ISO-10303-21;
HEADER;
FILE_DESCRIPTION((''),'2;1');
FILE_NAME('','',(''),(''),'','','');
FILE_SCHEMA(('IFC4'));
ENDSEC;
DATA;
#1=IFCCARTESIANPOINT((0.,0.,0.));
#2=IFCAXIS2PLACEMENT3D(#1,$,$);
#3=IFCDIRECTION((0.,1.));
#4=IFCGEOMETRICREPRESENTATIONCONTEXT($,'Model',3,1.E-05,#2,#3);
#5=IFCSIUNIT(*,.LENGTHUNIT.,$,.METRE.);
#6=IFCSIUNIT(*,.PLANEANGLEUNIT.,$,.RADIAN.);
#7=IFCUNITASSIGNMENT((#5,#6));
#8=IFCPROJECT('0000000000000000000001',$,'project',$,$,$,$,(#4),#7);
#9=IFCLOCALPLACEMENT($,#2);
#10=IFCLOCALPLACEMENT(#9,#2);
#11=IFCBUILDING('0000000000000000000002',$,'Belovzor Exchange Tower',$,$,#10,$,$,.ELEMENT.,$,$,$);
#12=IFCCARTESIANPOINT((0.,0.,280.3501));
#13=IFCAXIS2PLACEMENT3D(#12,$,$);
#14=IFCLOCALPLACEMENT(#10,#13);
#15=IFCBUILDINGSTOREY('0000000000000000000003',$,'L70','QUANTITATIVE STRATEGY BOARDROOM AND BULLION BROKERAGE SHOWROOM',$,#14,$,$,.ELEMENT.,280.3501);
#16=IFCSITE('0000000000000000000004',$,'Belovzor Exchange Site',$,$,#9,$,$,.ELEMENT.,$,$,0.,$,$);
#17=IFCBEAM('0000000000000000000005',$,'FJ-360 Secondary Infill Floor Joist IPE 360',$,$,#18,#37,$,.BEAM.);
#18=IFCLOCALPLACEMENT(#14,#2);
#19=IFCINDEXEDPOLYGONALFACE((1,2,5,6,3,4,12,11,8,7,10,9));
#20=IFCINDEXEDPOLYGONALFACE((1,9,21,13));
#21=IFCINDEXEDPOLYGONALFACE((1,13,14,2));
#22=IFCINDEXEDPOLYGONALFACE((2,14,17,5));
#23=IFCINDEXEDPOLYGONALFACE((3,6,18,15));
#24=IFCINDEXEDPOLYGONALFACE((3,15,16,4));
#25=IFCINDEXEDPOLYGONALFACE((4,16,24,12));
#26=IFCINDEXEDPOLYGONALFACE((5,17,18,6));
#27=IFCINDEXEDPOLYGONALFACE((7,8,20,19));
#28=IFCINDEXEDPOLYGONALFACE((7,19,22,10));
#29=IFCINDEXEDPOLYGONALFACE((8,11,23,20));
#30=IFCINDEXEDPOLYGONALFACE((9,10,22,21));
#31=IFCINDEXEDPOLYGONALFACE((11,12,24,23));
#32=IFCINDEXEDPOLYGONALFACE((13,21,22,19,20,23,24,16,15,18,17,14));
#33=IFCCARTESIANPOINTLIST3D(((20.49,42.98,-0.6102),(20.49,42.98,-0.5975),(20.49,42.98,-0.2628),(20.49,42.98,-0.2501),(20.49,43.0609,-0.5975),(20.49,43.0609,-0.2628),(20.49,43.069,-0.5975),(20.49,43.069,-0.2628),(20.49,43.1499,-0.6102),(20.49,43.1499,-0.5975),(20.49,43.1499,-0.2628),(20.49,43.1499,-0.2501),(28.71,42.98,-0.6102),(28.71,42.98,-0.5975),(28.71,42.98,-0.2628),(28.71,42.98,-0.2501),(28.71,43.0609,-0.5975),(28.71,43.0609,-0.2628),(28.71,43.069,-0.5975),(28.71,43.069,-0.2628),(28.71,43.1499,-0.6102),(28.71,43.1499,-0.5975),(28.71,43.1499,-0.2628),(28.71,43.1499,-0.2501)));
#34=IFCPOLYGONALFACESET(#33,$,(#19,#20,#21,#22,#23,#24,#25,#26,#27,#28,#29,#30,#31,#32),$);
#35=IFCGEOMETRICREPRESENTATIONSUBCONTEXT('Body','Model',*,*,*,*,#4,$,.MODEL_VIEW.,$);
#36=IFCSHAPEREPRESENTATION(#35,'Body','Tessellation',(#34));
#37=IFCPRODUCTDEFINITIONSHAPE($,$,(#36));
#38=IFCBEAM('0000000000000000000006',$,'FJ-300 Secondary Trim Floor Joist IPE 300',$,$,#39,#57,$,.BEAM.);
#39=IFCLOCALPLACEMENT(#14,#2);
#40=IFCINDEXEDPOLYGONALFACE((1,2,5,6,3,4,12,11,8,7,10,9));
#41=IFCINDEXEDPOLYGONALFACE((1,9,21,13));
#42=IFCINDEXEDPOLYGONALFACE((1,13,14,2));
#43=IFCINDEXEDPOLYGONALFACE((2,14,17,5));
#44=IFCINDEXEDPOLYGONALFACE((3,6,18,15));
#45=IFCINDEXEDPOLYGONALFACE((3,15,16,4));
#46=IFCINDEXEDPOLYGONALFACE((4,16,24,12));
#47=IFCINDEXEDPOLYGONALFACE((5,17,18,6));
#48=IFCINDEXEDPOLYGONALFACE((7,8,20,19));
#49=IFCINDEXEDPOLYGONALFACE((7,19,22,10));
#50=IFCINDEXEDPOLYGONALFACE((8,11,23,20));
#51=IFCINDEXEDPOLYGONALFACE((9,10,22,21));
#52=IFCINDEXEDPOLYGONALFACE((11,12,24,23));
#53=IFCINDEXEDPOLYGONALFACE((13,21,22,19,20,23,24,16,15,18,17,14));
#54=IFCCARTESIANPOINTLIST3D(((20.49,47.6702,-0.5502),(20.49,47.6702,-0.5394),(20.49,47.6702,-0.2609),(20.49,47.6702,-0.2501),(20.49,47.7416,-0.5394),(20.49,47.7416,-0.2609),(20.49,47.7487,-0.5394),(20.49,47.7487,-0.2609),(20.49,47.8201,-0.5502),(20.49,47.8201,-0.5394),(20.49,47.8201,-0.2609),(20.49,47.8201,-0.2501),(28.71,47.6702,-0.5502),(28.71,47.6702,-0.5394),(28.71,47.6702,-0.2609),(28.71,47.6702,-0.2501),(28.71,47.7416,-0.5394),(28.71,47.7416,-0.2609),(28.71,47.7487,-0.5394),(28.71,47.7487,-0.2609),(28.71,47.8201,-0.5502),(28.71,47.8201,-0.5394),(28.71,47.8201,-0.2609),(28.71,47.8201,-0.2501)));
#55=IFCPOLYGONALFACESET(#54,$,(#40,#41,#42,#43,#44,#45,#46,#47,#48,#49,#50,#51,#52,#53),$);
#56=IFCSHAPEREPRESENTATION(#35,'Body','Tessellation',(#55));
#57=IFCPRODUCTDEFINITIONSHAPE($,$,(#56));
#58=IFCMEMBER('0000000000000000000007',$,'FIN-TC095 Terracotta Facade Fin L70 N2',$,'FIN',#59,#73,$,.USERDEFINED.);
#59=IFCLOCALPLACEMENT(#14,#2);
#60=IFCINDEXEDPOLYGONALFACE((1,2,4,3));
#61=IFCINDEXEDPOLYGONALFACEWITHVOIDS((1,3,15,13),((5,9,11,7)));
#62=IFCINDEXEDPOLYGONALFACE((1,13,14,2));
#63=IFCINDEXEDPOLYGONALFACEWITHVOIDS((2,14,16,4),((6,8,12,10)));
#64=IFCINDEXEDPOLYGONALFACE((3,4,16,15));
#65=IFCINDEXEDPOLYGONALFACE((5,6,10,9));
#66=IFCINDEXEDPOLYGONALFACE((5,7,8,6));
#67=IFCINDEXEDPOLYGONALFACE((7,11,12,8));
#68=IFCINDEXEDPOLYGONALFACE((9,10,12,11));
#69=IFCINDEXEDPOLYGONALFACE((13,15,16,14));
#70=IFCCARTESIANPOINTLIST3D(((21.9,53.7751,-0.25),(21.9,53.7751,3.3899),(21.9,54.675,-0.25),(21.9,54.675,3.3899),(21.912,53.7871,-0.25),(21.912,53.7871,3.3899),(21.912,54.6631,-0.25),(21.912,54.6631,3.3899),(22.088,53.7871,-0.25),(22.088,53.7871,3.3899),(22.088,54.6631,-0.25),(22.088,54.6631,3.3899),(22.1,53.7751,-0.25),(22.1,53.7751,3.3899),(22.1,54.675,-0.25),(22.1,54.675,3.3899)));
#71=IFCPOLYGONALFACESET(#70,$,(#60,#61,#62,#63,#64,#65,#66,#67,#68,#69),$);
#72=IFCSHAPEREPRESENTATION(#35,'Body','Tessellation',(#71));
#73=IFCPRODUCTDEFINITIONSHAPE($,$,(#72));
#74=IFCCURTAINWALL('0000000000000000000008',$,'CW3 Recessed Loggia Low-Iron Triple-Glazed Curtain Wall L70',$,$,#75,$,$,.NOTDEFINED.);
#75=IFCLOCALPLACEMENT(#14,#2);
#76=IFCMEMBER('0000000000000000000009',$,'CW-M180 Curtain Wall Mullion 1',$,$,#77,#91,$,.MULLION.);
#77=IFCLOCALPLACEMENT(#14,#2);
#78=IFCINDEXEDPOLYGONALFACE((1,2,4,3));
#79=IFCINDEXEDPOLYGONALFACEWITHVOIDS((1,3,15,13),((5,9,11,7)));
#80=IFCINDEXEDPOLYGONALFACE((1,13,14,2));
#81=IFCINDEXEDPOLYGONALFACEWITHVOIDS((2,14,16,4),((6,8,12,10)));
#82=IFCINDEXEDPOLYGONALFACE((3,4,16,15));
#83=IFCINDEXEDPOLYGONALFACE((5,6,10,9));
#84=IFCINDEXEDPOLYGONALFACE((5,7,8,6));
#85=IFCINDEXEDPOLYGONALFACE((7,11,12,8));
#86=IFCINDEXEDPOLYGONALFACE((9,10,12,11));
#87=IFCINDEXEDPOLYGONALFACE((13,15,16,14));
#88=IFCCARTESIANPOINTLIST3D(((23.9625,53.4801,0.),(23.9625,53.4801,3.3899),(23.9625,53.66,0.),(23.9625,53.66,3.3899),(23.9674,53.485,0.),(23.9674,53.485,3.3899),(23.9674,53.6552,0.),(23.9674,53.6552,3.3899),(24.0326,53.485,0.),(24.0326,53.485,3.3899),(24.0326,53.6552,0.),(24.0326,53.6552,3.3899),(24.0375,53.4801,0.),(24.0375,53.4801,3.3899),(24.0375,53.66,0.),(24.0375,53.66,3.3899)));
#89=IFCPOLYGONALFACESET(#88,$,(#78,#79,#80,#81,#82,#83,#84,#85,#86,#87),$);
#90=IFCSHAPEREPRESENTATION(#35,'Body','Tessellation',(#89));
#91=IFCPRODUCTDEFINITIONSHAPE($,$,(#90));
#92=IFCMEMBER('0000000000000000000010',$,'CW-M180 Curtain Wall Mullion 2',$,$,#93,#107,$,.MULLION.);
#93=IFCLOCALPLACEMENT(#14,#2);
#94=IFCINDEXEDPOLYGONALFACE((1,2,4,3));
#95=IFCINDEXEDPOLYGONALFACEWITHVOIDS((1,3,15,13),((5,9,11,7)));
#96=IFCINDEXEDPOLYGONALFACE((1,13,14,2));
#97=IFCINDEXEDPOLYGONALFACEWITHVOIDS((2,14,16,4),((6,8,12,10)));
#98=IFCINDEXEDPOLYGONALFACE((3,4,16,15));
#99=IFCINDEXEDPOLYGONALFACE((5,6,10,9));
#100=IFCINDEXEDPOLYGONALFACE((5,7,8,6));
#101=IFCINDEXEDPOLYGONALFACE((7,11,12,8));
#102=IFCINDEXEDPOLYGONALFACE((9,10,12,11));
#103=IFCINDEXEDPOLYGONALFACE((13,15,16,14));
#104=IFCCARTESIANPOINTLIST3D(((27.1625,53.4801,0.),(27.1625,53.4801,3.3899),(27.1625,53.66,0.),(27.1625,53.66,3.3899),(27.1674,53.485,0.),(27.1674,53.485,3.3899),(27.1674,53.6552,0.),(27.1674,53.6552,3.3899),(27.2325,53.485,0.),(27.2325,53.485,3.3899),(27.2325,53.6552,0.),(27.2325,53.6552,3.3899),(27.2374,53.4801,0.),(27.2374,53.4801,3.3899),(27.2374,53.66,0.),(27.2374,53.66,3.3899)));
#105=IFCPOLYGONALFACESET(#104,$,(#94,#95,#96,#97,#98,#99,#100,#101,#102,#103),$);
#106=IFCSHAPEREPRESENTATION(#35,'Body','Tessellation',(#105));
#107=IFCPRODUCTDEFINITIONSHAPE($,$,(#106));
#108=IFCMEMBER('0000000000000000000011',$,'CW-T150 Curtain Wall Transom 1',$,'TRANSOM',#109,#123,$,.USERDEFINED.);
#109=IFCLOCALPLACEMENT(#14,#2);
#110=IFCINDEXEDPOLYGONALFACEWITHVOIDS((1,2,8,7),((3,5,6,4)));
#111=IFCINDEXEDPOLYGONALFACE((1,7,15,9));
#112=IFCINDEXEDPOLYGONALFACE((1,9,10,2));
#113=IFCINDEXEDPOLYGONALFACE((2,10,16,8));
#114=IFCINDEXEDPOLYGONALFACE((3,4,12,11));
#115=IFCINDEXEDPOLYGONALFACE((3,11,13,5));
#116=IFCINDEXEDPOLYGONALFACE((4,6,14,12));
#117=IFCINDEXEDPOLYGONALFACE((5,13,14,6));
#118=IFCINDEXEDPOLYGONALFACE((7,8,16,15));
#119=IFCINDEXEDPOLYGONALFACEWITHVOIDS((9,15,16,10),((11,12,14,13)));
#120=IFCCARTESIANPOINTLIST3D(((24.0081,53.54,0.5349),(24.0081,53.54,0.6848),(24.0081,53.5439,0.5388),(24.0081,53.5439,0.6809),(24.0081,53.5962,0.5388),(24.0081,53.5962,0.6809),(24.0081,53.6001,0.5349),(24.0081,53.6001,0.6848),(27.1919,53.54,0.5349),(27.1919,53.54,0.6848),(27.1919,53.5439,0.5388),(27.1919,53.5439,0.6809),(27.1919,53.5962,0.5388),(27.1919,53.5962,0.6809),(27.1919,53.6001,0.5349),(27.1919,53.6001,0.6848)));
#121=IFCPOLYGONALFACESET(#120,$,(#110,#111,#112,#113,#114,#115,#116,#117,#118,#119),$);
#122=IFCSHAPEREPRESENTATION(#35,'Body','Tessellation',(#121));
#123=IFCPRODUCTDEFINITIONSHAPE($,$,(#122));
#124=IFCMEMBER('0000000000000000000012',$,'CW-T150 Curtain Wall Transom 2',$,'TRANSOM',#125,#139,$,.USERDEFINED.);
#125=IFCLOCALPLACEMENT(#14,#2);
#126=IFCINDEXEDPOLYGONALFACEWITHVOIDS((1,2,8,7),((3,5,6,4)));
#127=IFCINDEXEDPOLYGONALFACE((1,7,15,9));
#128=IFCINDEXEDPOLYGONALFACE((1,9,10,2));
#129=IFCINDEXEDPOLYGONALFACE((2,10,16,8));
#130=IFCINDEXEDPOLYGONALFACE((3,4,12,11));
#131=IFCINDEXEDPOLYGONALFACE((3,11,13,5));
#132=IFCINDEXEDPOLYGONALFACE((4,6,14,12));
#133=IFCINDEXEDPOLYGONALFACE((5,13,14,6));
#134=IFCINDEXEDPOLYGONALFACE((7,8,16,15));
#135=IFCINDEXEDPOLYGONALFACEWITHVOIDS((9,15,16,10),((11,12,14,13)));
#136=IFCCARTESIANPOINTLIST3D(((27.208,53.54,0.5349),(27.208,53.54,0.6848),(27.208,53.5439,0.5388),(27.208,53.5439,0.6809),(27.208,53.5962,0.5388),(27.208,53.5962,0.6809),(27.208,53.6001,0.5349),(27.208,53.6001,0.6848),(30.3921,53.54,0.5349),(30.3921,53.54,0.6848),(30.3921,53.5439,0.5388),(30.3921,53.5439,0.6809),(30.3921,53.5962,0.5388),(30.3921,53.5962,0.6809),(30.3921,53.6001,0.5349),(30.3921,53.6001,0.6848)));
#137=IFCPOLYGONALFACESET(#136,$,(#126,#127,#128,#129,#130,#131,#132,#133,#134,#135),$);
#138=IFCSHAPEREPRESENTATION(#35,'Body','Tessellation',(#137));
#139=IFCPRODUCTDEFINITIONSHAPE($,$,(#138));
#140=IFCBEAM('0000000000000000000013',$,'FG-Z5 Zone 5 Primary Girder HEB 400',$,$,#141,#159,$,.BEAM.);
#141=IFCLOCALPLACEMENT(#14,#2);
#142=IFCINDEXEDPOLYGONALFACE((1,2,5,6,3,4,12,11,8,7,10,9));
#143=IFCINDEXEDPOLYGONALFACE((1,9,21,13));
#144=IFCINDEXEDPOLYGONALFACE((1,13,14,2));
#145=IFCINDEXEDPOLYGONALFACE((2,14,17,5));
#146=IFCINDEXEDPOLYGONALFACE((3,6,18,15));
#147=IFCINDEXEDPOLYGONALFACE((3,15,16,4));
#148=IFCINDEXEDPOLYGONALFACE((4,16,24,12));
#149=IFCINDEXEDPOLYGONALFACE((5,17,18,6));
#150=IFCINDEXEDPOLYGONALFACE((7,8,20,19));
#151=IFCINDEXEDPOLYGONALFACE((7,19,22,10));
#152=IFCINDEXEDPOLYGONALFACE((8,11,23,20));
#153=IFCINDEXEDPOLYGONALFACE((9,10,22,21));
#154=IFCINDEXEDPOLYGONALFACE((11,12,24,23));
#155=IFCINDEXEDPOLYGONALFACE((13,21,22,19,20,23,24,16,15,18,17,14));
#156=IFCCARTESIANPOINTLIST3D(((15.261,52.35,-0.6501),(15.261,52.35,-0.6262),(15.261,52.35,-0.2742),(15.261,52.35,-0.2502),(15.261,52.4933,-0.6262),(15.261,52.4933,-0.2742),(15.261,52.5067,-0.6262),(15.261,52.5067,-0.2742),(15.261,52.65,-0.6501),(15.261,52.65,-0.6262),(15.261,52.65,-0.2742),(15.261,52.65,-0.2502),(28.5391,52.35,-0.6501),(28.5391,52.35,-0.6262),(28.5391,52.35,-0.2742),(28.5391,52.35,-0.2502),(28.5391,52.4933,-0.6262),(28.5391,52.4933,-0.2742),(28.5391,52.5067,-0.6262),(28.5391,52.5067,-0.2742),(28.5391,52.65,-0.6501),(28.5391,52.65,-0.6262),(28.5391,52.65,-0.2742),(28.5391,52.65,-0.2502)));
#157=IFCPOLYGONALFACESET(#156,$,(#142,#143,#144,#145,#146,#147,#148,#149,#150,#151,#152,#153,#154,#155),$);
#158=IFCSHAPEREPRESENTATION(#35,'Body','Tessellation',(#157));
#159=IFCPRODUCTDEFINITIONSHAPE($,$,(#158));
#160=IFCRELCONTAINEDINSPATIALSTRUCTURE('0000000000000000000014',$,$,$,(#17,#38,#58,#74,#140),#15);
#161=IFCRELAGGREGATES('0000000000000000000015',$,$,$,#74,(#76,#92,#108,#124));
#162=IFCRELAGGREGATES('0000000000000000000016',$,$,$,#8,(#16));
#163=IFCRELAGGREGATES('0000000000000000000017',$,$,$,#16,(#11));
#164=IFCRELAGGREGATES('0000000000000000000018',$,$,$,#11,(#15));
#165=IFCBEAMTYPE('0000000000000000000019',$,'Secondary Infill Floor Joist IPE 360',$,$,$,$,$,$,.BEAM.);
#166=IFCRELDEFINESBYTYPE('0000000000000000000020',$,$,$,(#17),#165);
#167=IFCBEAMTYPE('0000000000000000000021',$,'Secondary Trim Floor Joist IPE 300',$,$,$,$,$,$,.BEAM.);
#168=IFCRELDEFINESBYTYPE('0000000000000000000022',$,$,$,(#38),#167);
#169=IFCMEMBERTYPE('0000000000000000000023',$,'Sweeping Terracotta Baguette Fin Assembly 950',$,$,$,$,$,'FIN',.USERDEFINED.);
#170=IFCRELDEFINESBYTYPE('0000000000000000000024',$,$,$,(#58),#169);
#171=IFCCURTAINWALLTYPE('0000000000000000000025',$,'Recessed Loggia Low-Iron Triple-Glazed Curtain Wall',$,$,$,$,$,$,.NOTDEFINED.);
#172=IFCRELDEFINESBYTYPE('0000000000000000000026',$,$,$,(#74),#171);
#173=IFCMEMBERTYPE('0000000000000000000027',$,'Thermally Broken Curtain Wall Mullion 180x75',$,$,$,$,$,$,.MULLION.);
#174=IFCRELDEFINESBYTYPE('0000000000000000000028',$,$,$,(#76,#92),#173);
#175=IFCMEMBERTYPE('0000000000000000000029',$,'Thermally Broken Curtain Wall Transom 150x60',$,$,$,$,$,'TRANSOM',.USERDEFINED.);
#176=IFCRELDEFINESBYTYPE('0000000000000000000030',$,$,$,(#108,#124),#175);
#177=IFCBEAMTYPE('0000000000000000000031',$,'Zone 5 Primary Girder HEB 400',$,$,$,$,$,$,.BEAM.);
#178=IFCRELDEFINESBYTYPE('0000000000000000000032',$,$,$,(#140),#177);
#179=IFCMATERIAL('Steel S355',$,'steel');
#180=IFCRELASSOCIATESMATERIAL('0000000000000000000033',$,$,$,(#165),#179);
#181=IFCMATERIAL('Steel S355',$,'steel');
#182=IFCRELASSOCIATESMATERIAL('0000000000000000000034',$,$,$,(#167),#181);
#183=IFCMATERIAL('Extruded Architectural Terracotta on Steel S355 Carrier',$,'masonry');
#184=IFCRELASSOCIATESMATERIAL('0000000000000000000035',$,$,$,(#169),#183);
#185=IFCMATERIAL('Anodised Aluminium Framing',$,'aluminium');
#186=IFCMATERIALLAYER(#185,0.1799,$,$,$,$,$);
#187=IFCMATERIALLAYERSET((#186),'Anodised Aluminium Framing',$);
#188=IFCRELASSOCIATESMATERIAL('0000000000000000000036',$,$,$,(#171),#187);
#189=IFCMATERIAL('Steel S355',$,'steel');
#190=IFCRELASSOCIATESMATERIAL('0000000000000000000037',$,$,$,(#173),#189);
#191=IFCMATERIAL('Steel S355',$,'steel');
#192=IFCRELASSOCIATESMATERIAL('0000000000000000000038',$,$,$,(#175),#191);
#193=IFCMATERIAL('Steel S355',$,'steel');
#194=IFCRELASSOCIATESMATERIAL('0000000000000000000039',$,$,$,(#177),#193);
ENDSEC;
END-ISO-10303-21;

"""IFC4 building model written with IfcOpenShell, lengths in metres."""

from ifc_helpers import new_model, si_unit, direction, frame, origin, origin_2d, place, context, subcontext, project, spatial, hollow_rectangle, i_section, extrude, material, layer, layer_set, material_profile, profile_set, type_object, element, aggregate, save


model = new_model("IFC4")

# Units and contexts
model_context = context("Model", 3, precision=1e-05, world=origin(), true_north=direction((0.0, 1.0)))
body_context = subcontext(model_context, "Body", "Model", "MODEL_VIEW")
ifc_project = project(units=[si_unit("LENGTHUNIT", "METRE"), si_unit("PLANEANGLEUNIT", "RADIAN")], contexts=[model_context])

# Site, building, storey
site_placement = place(None, origin())
site = spatial("IfcSite", under=ifc_project, at=site_placement, Name="Belovzor Exchange Site", CompositionType="ELEMENT", RefElevation=0.0)
building_placement = place(site_placement, origin())
building = spatial("IfcBuilding", under=site, at=building_placement, Name="Belovzor Exchange Tower", CompositionType="ELEMENT")
storey_placement = place(building_placement, frame((0.0, 0.0, 280.3501)))
storey = spatial("IfcBuildingStorey", under=building, at=storey_placement, Name="L70", Description="QUANTITATIVE STRATEGY BOARDROOM AND BULLION BROKERAGE SHOWROOM", CompositionType="ELEMENT", Elevation=280.3501)

# Beams
ifc_material_1 = material(Name="Steel S355", Category="steel")
ifc_material_profile_1 = material_profile(ifc_material_1, i_section(OverallWidth=0.1699, OverallDepth=0.3601, WebThickness=0.0081, FlangeThickness=0.0127, at=origin_2d()))
ifc_profile_set_1 = profile_set([ifc_material_profile_1], Name="Steel S355")
beam_type_1 = type_object("IfcBeamType", Name="Secondary Infill Floor Joist IPE 360", PredefinedType="BEAM", material=ifc_profile_set_1)
beam_1_placement = place(storey_placement, frame((20.49, 43.0649, -0.4302), z_axis=(1.0, 0.0, 0.0), x_axis=(0.0, 1.0, 0.0)))
element("IfcBeam", 1, at=beam_1_placement, inside=storey, type_object=beam_type_1, Name="FJ-360 Secondary Infill Floor Joist IPE 360", PredefinedType="BEAM", context=body_context, shape_type="SweptSolid", body=[
    extrude(i_section(OverallWidth=0.1699, OverallDepth=0.3601, WebThickness=0.0081, FlangeThickness=0.0127, at=origin_2d()), origin(), (0.0, 0.0, 1.0), 8.22),
])
ifc_material_2 = material(Name="Steel S355", Category="steel")
ifc_material_profile_2 = material_profile(ifc_material_2, i_section(OverallWidth=0.1499, OverallDepth=0.3, WebThickness=0.0071, FlangeThickness=0.0107, at=origin_2d()))
ifc_profile_set_2 = profile_set([ifc_material_profile_2], Name="Steel S355")
beam_type_2 = type_object("IfcBeamType", Name="Secondary Trim Floor Joist IPE 300", PredefinedType="BEAM", material=ifc_profile_set_2)
beam_2_placement = place(storey_placement, frame((20.49, 47.7451, -0.4001), z_axis=(1.0, 0.0, 0.0), x_axis=(0.0, 1.0, 0.0)))
element("IfcBeam", 2, at=beam_2_placement, inside=storey, type_object=beam_type_2, Name="FJ-300 Secondary Trim Floor Joist IPE 300", PredefinedType="BEAM", context=body_context, shape_type="SweptSolid", body=[
    extrude(i_section(OverallWidth=0.1499, OverallDepth=0.3, WebThickness=0.0071, FlangeThickness=0.0107, at=origin_2d()), origin(), (0.0, 0.0, 1.0), 8.22),
])

# Member
ifc_material_3 = material(Name="Extruded Architectural Terracotta on Steel S355 Carrier", Category="masonry")
ifc_material_profile_3 = material_profile(ifc_material_3, hollow_rectangle(XDim=0.2, YDim=0.8999, WallThickness=0.012, at=origin_2d()))
ifc_profile_set_3 = profile_set([ifc_material_profile_3], Name="Extruded Architectural Terracotta on Steel S355 Carrier")
member_type_1 = type_object("IfcMemberType", Name="Sweeping Terracotta Baguette Fin Assembly 950", ElementType="FIN", PredefinedType="USERDEFINED", material=ifc_profile_set_3)
member_1_placement = place(storey_placement, frame((22.0, 54.2251, -0.25), z_axis=(0.0, 0.0, 1.0), x_axis=(1.0, 0.0, 0.0)))
element("IfcMember", 3, at=member_1_placement, inside=storey, type_object=member_type_1, Name="FIN-TC095 Terracotta Facade Fin L70 N2", ObjectType="FIN", PredefinedType="USERDEFINED", context=body_context, shape_type="SweptSolid", body=[
    extrude(hollow_rectangle(XDim=0.2, YDim=0.8999, WallThickness=0.012, at=origin_2d()), origin(), (0.0, 0.0, 1.0), 3.6399),
])

# Curtain wall, members
ifc_material_4 = material(Name="Anodised Aluminium Framing", Category="aluminium")
ifc_layer_1 = layer(ifc_material_4, 0.1799)
ifc_layer_set_1 = layer_set([ifc_layer_1], Name="Anodised Aluminium Framing")
curtain_wall_type = type_object("IfcCurtainWallType", Name="Recessed Loggia Low-Iron Triple-Glazed Curtain Wall", PredefinedType="NOTDEFINED", material=ifc_layer_set_1)
curtain_wall_placement = place(storey_placement, origin())
curtain_wall = element("IfcCurtainWall", 4, at=curtain_wall_placement, inside=storey, type_object=curtain_wall_type, Name="CW3 Recessed Loggia Low-Iron Triple-Glazed Curtain Wall L70", PredefinedType="NOTDEFINED")
ifc_material_5 = material(Name="Steel S355", Category="steel")
ifc_material_profile_4 = material_profile(ifc_material_5, hollow_rectangle(XDim=0.075, YDim=0.1799, WallThickness=0.0049, at=origin_2d()))
ifc_profile_set_4 = profile_set([ifc_material_profile_4], Name="Steel S355")
member_type_2 = type_object("IfcMemberType", Name="Thermally Broken Curtain Wall Mullion 180x75", PredefinedType="MULLION", material=ifc_profile_set_4)
member_2_placement = place(storey_placement, frame((24.0, 53.5701, 0.0), z_axis=(0.0, 0.0, 1.0), x_axis=(1.0, 0.0, 0.0)))
member_2 = element("IfcMember", 5, at=member_2_placement, type_object=member_type_2, Name="CW-M180 Curtain Wall Mullion 1", PredefinedType="MULLION", context=body_context, shape_type="SweptSolid", body=[
    extrude(hollow_rectangle(XDim=0.075, YDim=0.1799, WallThickness=0.0049, at=origin_2d()), origin(), (0.0, 0.0, 1.0), 3.3899),
])
member_3_placement = place(storey_placement, frame((27.2, 53.5701, 0.0), z_axis=(0.0, 0.0, 1.0), x_axis=(1.0, 0.0, 0.0)))
member_3 = element("IfcMember", 6, at=member_3_placement, type_object=member_type_2, Name="CW-M180 Curtain Wall Mullion 2", PredefinedType="MULLION", context=body_context, shape_type="SweptSolid", body=[
    extrude(hollow_rectangle(XDim=0.075, YDim=0.1799, WallThickness=0.0049, at=origin_2d()), origin(), (0.0, 0.0, 1.0), 3.3899),
])
ifc_material_6 = material(Name="Steel S355", Category="steel")
ifc_material_profile_5 = material_profile(ifc_material_6, hollow_rectangle(XDim=0.0601, YDim=0.1499, WallThickness=0.0039, at=origin_2d()))
ifc_profile_set_5 = profile_set([ifc_material_profile_5], Name="Steel S355")
member_type_3 = type_object("IfcMemberType", Name="Thermally Broken Curtain Wall Transom 150x60", ElementType="TRANSOM", PredefinedType="USERDEFINED", material=ifc_profile_set_5)
member_4_placement = place(storey_placement, frame((24.0081, 53.5701, 0.6099), z_axis=(1.0, 0.0, 0.0), x_axis=(0.0, 1.0, 0.0)))
member_4 = element("IfcMember", 7, at=member_4_placement, type_object=member_type_3, Name="CW-T150 Curtain Wall Transom 1", ObjectType="TRANSOM", PredefinedType="USERDEFINED", context=body_context, shape_type="SweptSolid", body=[
    extrude(hollow_rectangle(XDim=0.0601, YDim=0.1499, WallThickness=0.0039, at=origin_2d()), origin(), (0.0, 0.0, 1.0), 3.1838),
])
member_5_placement = place(storey_placement, frame((27.208, 53.5701, 0.6099), z_axis=(1.0, 0.0, 0.0), x_axis=(0.0, 1.0, 0.0)))
member_5 = element("IfcMember", 8, at=member_5_placement, type_object=member_type_3, Name="CW-T150 Curtain Wall Transom 2", ObjectType="TRANSOM", PredefinedType="USERDEFINED", context=body_context, shape_type="SweptSolid", body=[
    extrude(hollow_rectangle(XDim=0.0601, YDim=0.1499, WallThickness=0.0039, at=origin_2d()), origin(), (0.0, 0.0, 1.0), 3.1841),
])

# Beam
ifc_material_7 = material(Name="Steel S355", Category="steel")
ifc_material_profile_6 = material_profile(ifc_material_7, i_section(OverallWidth=0.3, OverallDepth=0.3999, WebThickness=0.0134, FlangeThickness=0.0239, at=origin_2d()))
ifc_profile_set_6 = profile_set([ifc_material_profile_6], Name="Steel S355")
beam_type_3 = type_object("IfcBeamType", Name="Zone 5 Primary Girder HEB 400", PredefinedType="BEAM", material=ifc_profile_set_6)
beam_3_placement = place(storey_placement, frame((28.5391, 52.5, -0.4502), z_axis=(-1.0, 0.0, 0.0), x_axis=(0.0, -1.0, 0.0)))
element("IfcBeam", 9, at=beam_3_placement, inside=storey, type_object=beam_type_3, Name="FG-Z5 Zone 5 Primary Girder HEB 400", PredefinedType="BEAM", context=body_context, shape_type="SweptSolid", body=[
    extrude(i_section(OverallWidth=0.3, OverallDepth=0.3999, WebThickness=0.0134, FlangeThickness=0.0239, at=origin_2d()), origin(), (0.0, 0.0, 1.0), 13.2781),
])

aggregate(curtain_wall, [member_2, member_3, member_4, member_5])

save(model, "model.ifc")
